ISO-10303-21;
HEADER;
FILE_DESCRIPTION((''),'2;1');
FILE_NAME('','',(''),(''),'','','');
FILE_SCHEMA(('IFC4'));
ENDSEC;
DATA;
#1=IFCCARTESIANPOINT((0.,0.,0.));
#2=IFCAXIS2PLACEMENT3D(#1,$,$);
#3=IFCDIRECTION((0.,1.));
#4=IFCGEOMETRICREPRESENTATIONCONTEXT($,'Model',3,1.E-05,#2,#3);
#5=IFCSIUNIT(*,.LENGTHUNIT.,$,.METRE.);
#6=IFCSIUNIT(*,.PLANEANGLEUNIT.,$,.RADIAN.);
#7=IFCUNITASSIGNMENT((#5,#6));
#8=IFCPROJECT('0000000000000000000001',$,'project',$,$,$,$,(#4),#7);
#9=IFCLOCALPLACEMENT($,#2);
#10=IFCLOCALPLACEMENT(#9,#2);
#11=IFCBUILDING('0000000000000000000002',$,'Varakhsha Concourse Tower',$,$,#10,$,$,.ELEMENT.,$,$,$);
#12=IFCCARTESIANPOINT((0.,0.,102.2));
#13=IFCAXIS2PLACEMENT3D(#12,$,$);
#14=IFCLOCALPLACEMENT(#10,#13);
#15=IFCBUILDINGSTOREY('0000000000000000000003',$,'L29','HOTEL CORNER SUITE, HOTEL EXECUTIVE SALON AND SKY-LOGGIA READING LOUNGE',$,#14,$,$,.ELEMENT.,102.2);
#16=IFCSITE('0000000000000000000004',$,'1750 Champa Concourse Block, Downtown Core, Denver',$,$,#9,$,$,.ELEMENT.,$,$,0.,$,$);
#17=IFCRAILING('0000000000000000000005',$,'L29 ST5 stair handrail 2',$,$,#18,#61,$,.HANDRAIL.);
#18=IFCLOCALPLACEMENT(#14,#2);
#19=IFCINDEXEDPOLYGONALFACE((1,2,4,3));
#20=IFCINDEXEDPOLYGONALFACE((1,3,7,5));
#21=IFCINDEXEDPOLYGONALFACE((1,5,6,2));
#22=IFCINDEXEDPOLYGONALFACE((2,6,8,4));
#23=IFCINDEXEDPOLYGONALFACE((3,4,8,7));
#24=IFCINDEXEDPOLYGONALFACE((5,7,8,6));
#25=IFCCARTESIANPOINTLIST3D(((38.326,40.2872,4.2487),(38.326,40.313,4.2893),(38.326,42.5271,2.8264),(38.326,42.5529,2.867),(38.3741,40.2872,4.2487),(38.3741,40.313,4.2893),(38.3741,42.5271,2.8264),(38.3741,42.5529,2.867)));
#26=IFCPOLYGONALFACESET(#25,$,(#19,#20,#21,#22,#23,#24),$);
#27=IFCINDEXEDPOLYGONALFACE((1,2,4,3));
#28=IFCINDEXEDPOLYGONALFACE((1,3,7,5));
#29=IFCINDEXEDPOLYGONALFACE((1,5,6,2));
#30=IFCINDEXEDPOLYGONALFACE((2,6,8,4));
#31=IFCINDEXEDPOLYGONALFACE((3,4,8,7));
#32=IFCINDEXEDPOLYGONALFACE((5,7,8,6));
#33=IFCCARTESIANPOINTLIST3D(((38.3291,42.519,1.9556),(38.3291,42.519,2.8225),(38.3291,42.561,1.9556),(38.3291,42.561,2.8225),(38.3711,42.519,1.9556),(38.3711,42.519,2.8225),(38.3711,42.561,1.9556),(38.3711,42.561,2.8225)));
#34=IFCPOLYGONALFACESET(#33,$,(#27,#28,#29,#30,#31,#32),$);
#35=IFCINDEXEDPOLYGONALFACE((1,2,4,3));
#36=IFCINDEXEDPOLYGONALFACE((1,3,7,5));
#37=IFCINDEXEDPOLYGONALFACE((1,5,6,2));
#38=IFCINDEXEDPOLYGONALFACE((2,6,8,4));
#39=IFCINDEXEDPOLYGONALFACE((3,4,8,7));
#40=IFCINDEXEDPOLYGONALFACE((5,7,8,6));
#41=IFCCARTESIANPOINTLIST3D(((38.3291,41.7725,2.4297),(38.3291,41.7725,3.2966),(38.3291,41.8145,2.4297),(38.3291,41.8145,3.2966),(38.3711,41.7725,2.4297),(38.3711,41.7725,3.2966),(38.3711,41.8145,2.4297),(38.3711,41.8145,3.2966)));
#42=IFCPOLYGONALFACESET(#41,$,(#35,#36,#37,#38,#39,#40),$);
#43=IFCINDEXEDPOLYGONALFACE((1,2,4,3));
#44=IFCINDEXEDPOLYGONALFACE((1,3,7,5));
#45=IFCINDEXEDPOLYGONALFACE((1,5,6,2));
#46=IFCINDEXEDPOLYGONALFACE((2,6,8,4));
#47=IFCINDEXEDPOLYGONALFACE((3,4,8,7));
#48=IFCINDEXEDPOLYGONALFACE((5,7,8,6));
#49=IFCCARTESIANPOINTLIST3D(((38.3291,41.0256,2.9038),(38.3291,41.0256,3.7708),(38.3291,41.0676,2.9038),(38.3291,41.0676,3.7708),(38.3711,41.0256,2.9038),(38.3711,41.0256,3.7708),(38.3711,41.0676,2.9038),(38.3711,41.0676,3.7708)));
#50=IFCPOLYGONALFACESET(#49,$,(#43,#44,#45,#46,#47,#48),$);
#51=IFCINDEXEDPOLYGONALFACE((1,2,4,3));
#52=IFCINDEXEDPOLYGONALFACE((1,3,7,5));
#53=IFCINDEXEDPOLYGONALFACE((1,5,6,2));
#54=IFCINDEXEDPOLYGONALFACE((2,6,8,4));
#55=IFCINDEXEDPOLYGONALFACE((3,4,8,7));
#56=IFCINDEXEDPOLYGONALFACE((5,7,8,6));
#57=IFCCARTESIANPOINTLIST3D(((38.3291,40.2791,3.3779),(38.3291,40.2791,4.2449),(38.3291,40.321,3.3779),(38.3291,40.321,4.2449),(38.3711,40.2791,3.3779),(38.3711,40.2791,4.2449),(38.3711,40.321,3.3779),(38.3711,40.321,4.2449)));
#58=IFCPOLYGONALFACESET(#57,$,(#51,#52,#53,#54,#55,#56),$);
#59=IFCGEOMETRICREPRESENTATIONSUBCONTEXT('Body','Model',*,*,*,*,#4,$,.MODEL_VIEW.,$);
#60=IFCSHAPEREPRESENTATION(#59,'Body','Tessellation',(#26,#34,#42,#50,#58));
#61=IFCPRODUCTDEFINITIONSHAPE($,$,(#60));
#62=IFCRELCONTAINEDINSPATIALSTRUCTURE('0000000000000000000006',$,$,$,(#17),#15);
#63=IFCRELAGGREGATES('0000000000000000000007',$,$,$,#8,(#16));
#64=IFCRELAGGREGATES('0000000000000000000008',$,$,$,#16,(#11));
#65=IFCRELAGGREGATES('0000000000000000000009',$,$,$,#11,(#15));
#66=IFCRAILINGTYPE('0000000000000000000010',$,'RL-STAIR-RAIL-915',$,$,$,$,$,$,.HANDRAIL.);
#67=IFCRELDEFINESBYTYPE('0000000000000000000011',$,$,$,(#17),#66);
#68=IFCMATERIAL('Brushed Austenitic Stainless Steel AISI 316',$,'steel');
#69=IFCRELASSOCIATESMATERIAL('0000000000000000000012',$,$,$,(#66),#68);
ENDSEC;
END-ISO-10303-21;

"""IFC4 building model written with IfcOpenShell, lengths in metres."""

from ifc_helpers import new_model, si_unit, direction, frame, origin, origin_2d, place, context, subcontext, project, spatial, rectangle, extrude, material, type_object, element, save


model = new_model("IFC4")

# Units and contexts
model_context = context("Model", 3, precision=1e-05, world=origin(), true_north=direction((0.0, 1.0)))
body_context = subcontext(model_context, "Body", "Model", "MODEL_VIEW")
ifc_project = project(units=[si_unit("LENGTHUNIT", "METRE"), si_unit("PLANEANGLEUNIT", "RADIAN")], contexts=[model_context])

# Site, building, storey
site_placement = place(None, origin())
site = spatial("IfcSite", under=ifc_project, at=site_placement, Name="1750 Champa Concourse Block, Downtown Core, Denver", CompositionType="ELEMENT", RefElevation=0.0)
building_placement = place(site_placement, origin())
building = spatial("IfcBuilding", under=site, at=building_placement, Name="Varakhsha Concourse Tower", CompositionType="ELEMENT")
storey_placement = place(building_placement, frame((0.0, 0.0, 102.2)))
storey = spatial("IfcBuildingStorey", under=building, at=storey_placement, Name="L29", Description="HOTEL CORNER SUITE, HOTEL EXECUTIVE SALON AND SKY-LOGGIA READING LOUNGE", CompositionType="ELEMENT", Elevation=102.2)

# Railing
ifc_material_1 = material(Name="Brushed Austenitic Stainless Steel AISI 316", Category="steel")
railing_type = type_object("IfcRailingType", Name="RL-STAIR-RAIL-915", PredefinedType="HANDRAIL", material=ifc_material_1)
railing_placement = place(storey_placement, frame((38.3501, 42.54, 1.9556)))
element("IfcRailing", 1, at=railing_placement, inside=storey, type_object=railing_type, Name="L29 ST5 stair handrail 2", PredefinedType="HANDRAIL", context=body_context, shape_type="SweptSolid", body=[
    extrude(rectangle(XDim=0.0481, YDim=0.0481, at=origin_2d()), frame((0.0, 0.0, 0.8911), z_axis=(0.0, -0.844188, 0.536048), x_axis=(1.0, 0.0, 0.0)), (0.0, 0.0, 1.0), 2.6533),
    extrude(rectangle(XDim=0.042, YDim=0.042, at=origin_2d()), origin(), (0.0, 0.0, 1.0), 0.8669),
    extrude(rectangle(XDim=0.042, YDim=0.042, at=origin_2d()), frame((0.0, -0.7466, 0.4741)), (0.0, 0.0, 1.0), 0.8669),
    extrude(rectangle(XDim=0.042, YDim=0.042, at=origin_2d()), frame((0.0, -1.4934, 0.9482)), (0.0, 0.0, 1.0), 0.8669),
    extrude(rectangle(XDim=0.042, YDim=0.042, at=origin_2d()), frame((0.0, -2.24, 1.4224)), (0.0, 0.0, 1.0), 0.8669),
])

save(model, "model.ifc")
